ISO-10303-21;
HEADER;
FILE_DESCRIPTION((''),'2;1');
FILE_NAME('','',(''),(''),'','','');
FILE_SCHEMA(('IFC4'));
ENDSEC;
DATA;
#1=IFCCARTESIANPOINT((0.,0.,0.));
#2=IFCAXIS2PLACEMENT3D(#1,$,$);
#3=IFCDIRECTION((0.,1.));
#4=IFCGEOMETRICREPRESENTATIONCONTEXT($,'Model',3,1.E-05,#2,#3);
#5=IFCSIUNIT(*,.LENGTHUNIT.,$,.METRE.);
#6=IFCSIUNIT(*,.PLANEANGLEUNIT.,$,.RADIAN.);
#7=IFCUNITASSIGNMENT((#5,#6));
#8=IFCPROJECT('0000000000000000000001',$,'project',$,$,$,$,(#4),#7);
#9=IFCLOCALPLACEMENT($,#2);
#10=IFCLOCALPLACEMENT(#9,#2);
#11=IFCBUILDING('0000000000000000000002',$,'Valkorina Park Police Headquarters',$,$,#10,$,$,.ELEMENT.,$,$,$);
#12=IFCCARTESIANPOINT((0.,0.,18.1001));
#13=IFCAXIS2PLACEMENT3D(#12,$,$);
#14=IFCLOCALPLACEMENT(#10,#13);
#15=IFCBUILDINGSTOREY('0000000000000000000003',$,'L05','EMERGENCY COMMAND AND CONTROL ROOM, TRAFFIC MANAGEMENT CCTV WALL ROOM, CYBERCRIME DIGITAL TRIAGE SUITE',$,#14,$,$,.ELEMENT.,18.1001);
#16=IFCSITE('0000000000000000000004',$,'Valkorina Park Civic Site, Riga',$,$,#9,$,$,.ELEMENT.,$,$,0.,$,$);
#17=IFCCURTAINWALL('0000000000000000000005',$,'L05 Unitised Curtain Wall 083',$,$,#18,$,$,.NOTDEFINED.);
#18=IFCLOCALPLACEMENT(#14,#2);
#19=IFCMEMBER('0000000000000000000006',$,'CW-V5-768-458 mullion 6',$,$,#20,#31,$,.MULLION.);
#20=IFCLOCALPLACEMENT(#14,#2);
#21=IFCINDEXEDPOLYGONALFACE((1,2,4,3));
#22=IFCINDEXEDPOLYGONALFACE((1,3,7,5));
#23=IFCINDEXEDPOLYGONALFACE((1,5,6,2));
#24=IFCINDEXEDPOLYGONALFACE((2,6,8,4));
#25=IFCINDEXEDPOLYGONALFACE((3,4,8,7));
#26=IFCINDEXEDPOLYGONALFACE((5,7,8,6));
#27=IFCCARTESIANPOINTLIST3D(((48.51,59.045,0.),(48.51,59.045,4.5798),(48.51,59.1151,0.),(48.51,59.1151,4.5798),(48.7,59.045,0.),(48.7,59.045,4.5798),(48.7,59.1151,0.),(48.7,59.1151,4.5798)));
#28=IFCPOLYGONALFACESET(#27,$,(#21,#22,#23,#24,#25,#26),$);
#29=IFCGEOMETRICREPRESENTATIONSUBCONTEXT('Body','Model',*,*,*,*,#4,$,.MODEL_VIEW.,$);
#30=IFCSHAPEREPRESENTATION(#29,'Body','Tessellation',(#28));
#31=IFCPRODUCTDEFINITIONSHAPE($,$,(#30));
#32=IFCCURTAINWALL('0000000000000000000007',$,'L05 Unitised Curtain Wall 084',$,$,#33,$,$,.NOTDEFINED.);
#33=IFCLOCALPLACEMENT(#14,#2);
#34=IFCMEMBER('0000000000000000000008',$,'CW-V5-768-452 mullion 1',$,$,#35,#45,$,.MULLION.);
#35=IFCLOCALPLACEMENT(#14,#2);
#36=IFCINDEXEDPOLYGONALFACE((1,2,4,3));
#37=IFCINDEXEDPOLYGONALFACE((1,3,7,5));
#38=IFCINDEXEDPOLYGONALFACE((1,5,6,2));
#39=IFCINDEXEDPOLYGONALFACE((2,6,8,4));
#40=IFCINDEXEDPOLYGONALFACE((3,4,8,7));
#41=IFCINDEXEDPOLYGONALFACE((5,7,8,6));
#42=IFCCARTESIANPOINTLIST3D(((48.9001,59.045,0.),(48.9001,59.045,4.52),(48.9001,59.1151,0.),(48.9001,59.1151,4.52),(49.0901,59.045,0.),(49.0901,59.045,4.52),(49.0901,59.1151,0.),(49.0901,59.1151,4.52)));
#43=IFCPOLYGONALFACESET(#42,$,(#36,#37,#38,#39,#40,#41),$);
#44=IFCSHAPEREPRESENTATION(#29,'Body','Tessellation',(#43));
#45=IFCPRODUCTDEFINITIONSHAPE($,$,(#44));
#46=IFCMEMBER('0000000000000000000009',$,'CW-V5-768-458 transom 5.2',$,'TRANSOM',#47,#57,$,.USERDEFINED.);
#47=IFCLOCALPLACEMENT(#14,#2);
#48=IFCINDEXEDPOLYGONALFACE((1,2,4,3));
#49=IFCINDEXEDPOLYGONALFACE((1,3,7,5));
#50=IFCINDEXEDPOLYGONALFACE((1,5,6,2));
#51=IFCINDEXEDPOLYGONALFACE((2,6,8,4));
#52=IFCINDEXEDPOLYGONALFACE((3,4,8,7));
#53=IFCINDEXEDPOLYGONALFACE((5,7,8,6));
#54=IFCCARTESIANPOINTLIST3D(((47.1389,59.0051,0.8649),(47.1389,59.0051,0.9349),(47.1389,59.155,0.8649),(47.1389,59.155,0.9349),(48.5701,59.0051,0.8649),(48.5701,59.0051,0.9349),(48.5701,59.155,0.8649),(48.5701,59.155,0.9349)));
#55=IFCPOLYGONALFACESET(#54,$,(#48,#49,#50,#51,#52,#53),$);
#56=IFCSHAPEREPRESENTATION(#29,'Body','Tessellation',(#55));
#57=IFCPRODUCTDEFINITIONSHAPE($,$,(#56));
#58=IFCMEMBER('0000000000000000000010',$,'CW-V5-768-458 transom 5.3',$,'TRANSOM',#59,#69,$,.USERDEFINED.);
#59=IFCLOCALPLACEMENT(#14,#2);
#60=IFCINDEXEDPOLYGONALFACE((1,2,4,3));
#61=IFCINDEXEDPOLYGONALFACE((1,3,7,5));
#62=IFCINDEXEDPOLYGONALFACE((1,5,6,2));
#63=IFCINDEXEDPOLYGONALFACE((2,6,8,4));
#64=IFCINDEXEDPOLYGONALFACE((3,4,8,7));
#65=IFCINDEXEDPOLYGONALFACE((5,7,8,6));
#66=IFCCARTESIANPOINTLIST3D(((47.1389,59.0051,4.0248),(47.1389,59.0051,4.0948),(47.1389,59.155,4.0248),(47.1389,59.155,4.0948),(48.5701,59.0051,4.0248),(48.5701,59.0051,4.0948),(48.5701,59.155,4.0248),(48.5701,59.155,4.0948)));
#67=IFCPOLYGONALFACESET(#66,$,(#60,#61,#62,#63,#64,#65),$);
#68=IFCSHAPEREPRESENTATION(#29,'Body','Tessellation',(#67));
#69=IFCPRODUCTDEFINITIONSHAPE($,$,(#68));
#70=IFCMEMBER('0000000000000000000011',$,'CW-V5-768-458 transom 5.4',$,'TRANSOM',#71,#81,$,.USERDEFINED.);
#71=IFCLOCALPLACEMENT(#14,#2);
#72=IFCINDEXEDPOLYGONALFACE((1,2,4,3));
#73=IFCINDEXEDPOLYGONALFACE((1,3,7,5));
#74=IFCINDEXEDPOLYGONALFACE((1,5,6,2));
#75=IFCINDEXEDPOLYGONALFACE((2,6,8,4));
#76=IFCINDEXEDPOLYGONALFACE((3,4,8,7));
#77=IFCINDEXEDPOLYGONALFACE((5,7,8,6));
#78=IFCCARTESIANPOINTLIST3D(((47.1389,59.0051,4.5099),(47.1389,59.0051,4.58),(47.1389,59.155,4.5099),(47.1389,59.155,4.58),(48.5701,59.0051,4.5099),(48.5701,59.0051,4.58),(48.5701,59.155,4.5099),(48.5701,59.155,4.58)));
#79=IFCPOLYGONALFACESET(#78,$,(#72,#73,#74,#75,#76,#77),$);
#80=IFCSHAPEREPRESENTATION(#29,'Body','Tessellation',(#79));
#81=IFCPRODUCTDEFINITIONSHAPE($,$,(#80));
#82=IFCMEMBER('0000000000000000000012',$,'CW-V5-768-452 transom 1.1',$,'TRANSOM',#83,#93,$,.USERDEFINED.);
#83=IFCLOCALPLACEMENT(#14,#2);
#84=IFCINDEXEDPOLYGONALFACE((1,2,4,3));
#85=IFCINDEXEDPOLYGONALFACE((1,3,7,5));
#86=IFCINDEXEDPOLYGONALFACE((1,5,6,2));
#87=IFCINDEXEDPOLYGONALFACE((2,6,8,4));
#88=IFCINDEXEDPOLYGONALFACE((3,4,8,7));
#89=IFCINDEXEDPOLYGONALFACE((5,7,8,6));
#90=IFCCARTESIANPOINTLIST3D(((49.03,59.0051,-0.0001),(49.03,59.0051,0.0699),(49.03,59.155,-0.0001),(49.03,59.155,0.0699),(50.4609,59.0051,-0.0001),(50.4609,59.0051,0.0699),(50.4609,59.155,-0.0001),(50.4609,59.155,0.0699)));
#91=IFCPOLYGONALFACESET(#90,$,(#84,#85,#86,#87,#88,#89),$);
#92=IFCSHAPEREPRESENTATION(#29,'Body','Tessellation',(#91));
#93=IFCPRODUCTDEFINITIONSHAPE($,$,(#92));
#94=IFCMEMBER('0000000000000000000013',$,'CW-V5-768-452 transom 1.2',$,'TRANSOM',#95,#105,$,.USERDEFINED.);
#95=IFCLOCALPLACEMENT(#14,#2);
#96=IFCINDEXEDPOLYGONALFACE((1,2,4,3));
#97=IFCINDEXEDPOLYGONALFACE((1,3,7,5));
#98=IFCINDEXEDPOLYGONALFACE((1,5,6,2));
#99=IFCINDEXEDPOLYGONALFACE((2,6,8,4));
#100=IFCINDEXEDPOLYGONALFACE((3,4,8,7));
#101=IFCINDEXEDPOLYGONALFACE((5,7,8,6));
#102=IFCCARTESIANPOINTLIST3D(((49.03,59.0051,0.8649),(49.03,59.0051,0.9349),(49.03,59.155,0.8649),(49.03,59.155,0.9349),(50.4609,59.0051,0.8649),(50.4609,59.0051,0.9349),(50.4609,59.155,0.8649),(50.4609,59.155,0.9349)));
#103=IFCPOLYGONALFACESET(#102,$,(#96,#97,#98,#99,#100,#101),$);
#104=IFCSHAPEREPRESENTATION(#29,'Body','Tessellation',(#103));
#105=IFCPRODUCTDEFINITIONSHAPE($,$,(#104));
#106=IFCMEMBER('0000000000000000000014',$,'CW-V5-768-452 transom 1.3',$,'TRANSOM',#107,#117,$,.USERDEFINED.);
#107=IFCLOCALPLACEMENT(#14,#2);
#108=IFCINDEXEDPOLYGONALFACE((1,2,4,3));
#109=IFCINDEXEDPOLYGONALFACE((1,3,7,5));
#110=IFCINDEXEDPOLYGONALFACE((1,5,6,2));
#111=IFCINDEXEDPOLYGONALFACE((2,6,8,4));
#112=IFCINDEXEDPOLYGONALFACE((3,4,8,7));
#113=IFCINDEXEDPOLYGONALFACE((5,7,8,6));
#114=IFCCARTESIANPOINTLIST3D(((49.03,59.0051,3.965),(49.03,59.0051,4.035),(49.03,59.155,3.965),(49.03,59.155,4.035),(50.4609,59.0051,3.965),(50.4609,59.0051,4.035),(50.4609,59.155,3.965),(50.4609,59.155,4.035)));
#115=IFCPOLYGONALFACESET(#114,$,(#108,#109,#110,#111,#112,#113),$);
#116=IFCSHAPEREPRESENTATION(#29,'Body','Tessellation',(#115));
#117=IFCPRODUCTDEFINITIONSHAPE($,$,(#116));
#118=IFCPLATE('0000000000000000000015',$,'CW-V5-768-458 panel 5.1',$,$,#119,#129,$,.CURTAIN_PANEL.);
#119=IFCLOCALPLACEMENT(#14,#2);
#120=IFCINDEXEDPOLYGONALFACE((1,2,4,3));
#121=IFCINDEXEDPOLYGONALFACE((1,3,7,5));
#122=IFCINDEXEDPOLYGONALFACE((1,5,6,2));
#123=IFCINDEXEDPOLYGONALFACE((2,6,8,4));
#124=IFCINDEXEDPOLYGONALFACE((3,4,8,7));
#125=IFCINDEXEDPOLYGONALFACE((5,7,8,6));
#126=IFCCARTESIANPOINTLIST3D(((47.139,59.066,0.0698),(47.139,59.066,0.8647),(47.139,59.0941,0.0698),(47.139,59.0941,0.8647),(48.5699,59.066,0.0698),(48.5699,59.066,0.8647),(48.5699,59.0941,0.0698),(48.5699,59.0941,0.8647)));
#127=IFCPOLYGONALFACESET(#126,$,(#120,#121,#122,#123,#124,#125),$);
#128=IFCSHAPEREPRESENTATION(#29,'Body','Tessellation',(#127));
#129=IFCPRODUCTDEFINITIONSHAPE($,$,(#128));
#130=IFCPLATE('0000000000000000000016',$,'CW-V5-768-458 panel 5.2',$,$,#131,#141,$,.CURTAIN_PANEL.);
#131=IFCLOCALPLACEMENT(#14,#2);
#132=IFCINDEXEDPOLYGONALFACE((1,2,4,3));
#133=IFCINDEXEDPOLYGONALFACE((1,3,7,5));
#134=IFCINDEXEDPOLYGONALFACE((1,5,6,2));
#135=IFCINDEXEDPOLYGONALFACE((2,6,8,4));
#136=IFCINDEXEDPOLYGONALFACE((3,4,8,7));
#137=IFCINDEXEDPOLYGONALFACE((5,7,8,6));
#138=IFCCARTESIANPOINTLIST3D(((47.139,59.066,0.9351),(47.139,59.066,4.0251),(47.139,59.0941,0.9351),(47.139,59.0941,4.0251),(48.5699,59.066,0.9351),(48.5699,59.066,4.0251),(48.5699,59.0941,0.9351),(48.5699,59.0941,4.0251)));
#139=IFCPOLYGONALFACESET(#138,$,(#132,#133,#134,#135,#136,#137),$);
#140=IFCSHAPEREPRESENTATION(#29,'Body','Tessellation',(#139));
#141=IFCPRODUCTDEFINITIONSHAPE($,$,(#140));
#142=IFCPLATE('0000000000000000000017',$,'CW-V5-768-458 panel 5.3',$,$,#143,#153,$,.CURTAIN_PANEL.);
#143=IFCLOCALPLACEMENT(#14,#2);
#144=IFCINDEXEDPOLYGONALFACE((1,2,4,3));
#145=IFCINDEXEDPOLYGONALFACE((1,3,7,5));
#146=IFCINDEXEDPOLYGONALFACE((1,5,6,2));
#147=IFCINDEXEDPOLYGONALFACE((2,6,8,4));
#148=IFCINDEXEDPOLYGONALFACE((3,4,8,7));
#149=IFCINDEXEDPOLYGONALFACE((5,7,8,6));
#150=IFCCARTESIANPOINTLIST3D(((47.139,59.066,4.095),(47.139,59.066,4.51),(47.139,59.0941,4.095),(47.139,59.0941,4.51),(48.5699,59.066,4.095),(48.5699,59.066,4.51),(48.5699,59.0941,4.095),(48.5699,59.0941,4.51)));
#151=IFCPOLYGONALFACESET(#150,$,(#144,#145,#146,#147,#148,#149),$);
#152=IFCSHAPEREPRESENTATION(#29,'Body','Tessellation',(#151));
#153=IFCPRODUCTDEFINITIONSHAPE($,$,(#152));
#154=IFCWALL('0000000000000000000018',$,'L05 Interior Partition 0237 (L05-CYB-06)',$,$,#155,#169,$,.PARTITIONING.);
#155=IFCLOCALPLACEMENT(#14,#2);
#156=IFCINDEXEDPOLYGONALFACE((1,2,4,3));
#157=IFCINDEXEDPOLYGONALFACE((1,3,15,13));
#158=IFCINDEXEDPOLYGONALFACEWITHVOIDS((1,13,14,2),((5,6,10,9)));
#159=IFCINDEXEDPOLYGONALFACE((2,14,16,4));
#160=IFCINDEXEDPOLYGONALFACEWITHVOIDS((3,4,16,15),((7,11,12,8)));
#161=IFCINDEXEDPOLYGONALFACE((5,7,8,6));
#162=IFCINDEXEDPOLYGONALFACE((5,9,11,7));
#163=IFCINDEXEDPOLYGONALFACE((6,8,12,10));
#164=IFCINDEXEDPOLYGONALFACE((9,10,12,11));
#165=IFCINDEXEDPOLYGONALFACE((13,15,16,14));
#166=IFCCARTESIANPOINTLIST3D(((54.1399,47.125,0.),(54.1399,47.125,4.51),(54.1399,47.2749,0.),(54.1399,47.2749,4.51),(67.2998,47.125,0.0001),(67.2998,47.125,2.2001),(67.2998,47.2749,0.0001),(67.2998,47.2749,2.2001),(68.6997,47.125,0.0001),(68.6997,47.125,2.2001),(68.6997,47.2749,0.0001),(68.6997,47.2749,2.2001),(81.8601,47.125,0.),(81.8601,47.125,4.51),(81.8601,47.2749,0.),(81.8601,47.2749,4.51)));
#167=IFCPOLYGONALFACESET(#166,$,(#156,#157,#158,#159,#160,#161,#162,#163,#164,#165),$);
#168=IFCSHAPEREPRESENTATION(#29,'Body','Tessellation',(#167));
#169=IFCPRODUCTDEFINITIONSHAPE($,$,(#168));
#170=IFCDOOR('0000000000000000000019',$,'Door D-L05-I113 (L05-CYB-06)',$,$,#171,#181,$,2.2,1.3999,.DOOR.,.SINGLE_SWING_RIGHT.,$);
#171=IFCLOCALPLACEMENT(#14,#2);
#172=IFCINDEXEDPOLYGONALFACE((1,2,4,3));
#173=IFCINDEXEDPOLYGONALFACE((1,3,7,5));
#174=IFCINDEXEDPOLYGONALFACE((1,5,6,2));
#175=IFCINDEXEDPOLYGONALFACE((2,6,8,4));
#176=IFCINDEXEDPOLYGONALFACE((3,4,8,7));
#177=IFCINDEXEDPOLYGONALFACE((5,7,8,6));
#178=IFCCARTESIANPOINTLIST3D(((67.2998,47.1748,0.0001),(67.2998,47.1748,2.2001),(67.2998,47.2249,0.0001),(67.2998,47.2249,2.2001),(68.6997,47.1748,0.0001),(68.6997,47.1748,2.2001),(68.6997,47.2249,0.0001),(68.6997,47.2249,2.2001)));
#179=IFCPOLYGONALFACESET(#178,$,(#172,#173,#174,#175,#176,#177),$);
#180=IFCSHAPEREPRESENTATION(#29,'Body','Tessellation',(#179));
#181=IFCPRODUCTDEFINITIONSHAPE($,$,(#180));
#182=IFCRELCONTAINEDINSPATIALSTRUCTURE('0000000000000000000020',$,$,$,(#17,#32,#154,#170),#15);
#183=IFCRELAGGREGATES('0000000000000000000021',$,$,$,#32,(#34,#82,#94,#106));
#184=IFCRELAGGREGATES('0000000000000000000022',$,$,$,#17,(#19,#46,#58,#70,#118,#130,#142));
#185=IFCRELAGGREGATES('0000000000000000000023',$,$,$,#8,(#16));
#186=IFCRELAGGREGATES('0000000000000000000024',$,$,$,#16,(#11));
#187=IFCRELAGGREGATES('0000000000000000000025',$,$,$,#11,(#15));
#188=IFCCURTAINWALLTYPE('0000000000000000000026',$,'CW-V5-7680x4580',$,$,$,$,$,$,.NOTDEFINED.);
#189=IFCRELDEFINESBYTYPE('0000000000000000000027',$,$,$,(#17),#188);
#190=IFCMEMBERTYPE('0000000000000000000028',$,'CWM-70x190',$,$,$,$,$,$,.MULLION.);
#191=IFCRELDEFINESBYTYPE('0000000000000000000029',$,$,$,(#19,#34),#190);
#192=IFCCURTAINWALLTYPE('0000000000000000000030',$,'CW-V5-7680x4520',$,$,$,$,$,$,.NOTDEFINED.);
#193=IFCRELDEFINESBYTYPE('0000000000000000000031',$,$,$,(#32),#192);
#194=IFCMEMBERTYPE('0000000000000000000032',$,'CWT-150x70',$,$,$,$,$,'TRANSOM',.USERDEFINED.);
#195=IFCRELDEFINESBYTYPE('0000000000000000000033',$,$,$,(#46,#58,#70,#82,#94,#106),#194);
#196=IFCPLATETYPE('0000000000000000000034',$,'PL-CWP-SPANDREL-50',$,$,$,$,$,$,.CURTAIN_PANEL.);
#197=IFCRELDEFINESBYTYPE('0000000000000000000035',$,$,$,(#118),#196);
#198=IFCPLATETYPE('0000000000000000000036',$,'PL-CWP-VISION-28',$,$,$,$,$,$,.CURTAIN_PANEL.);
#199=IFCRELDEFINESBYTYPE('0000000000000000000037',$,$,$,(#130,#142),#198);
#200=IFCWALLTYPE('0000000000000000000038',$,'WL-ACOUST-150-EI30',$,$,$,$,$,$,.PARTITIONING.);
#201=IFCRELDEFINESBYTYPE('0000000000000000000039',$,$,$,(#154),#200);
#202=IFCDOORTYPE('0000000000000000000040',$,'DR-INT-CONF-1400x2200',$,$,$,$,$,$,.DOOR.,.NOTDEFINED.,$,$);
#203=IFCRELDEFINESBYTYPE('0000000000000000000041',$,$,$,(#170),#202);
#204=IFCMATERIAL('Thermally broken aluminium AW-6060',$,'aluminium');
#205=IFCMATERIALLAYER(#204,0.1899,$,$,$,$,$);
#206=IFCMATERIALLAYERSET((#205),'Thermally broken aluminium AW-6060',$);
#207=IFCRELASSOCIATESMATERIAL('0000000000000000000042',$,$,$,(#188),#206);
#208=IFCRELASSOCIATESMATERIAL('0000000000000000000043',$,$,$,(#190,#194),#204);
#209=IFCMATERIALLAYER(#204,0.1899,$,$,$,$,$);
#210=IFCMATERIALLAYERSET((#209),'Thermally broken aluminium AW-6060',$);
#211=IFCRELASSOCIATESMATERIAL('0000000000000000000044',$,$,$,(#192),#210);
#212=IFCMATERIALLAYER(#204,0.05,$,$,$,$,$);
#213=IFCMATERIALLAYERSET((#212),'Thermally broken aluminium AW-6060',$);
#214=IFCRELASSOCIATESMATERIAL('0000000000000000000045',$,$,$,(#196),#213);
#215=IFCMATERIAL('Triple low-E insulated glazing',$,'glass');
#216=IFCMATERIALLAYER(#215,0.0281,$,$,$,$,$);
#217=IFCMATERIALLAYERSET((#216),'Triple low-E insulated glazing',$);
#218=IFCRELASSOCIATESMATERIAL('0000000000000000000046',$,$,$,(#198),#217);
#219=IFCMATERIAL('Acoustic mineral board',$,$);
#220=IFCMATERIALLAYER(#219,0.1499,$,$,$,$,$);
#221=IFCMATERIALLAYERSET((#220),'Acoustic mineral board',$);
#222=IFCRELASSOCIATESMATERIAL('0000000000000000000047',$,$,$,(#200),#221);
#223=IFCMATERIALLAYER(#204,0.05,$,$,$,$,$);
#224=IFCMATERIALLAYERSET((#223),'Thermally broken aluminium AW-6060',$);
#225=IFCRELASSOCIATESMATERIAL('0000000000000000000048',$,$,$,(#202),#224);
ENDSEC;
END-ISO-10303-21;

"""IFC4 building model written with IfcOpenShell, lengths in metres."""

from ifc_helpers import new_model, si_unit, direction, frame, frame_2d, origin, origin_2d, place, context, subcontext, project, spatial, rectangle, extrude, material, layer, layer_set, material_profile, profile_set, type_object, element, fill, aggregate, save


model = new_model("IFC4")

# Units and contexts
model_context = context("Model", 3, precision=1e-05, world=origin(), true_north=direction((0.0, 1.0)))
body_context = subcontext(model_context, "Body", "Model", "MODEL_VIEW")
ifc_project = project(units=[si_unit("LENGTHUNIT", "METRE"), si_unit("PLANEANGLEUNIT", "RADIAN")], contexts=[model_context])

# Site, building, storey
site_placement = place(None, origin())
site = spatial("IfcSite", under=ifc_project, at=site_placement, Name="Valkorina Park Civic Site, Riga", CompositionType="ELEMENT", RefElevation=0.0)
building_placement = place(site_placement, origin())
building = spatial("IfcBuilding", under=site, at=building_placement, Name="Valkorina Park Police Headquarters", CompositionType="ELEMENT")
storey_placement = place(building_placement, frame((0.0, 0.0, 18.1001)))
storey = spatial("IfcBuildingStorey", under=building, at=storey_placement, Name="L05", Description="EMERGENCY COMMAND AND CONTROL ROOM, TRAFFIC MANAGEMENT CCTV WALL ROOM, CYBERCRIME DIGITAL TRIAGE SUITE", CompositionType="ELEMENT", Elevation=18.1001)

# Curtain walls, members
ifc_material_1 = material(Name="Thermally broken aluminium AW-6060", Category="aluminium")
ifc_layer_1 = layer(ifc_material_1, 0.1899)
ifc_layer_set_1 = layer_set([ifc_layer_1], Name="Thermally broken aluminium AW-6060")
curtain_wall_type_1 = type_object("IfcCurtainWallType", Name="CW-V5-7680x4580", PredefinedType="NOTDEFINED", material=ifc_layer_set_1)
curtain_wall_1_placement = place(storey_placement, origin())
curtain_wall_1 = element("IfcCurtainWall", 1, at=curtain_wall_1_placement, inside=storey, type_object=curtain_wall_type_1, Name="L05 Unitised Curtain Wall 083", PredefinedType="NOTDEFINED")
ifc_material_profile_1 = material_profile(ifc_material_1, rectangle(XDim=0.0701, YDim=0.1899, at=origin_2d()), Name="CWM-02 70x190")
ifc_profile_set_1 = profile_set([ifc_material_profile_1], Name="Thermally broken aluminium AW-6060")
member_type_1 = type_object("IfcMemberType", Name="CWM-70x190", PredefinedType="MULLION", material=ifc_profile_set_1)
member_1_placement = place(storey_placement, frame((48.605, 59.0801, 0.0), z_axis=(0.0, 0.0, 1.0), x_axis=(0.0, 1.0, 0.0)))
member_1 = element("IfcMember", 2, at=member_1_placement, type_object=member_type_1, Name="CW-V5-768-458 mullion 6", PredefinedType="MULLION", context=body_context, shape_type="SweptSolid", body=[
    extrude(rectangle(XDim=0.0701, YDim=0.1899, at=origin_2d()), origin(), (0.0, 0.0, 1.0), 4.5798),
])
ifc_layer_2 = layer(ifc_material_1, 0.1899)
ifc_layer_set_2 = layer_set([ifc_layer_2], Name="Thermally broken aluminium AW-6060")
curtain_wall_type_2 = type_object("IfcCurtainWallType", Name="CW-V5-7680x4520", PredefinedType="NOTDEFINED", material=ifc_layer_set_2)
curtain_wall_2_placement = place(storey_placement, origin())
curtain_wall_2 = element("IfcCurtainWall", 3, at=curtain_wall_2_placement, inside=storey, type_object=curtain_wall_type_2, Name="L05 Unitised Curtain Wall 084", PredefinedType="NOTDEFINED")
member_2_placement = place(storey_placement, frame((48.9951, 59.0801, 0.0), z_axis=(0.0, 0.0, 1.0), x_axis=(0.0, 1.0, 0.0)))
member_2 = element("IfcMember", 4, at=member_2_placement, type_object=member_type_1, Name="CW-V5-768-452 mullion 1", PredefinedType="MULLION", context=body_context, shape_type="SweptSolid", body=[
    extrude(rectangle(XDim=0.0701, YDim=0.1899, at=origin_2d()), origin(), (0.0, 0.0, 1.0), 4.52),
])

# Members
ifc_material_profile_2 = material_profile(ifc_material_1, rectangle(XDim=0.1499, YDim=0.0701, at=origin_2d()), Name="CWT-02 150x70")
ifc_profile_set_2 = profile_set([ifc_material_profile_2], Name="Thermally broken aluminium AW-6060")
member_type_2 = type_object("IfcMemberType", Name="CWT-150x70", ElementType="TRANSOM", PredefinedType="USERDEFINED", material=ifc_profile_set_2)
member_3_placement = place(storey_placement, frame((47.1389, 59.0801, 0.8999), z_axis=(1.0, 0.0, 0.0), x_axis=(0.0, 1.0, 0.0)))
member_3 = element("IfcMember", 5, at=member_3_placement, type_object=member_type_2, Name="CW-V5-768-458 transom 5.2", ObjectType="TRANSOM", PredefinedType="USERDEFINED", context=body_context, shape_type="SweptSolid", body=[
    extrude(rectangle(XDim=0.1499, YDim=0.0701, at=origin_2d()), origin(), (0.0, 0.0, 1.0), 1.4312),
])
member_4_placement = place(storey_placement, frame((47.1389, 59.0801, 4.0598), z_axis=(1.0, 0.0, 0.0), x_axis=(0.0, 1.0, 0.0)))
member_4 = element("IfcMember", 6, at=member_4_placement, type_object=member_type_2, Name="CW-V5-768-458 transom 5.3", ObjectType="TRANSOM", PredefinedType="USERDEFINED", context=body_context, shape_type="SweptSolid", body=[
    extrude(rectangle(XDim=0.1499, YDim=0.0701, at=origin_2d()), origin(), (0.0, 0.0, 1.0), 1.4312),
])
member_5_placement = place(storey_placement, frame((47.1389, 59.0801, 4.5449), z_axis=(1.0, 0.0, 0.0), x_axis=(0.0, 1.0, 0.0)))
member_5 = element("IfcMember", 7, at=member_5_placement, type_object=member_type_2, Name="CW-V5-768-458 transom 5.4", ObjectType="TRANSOM", PredefinedType="USERDEFINED", context=body_context, shape_type="SweptSolid", body=[
    extrude(rectangle(XDim=0.1499, YDim=0.0701, at=origin_2d()), origin(), (0.0, 0.0, 1.0), 1.4312),
])
member_6_placement = place(storey_placement, frame((49.03, 59.0801, 0.0349), z_axis=(1.0, 0.0, 0.0), x_axis=(0.0, 1.0, 0.0)))
member_6 = element("IfcMember", 8, at=member_6_placement, type_object=member_type_2, Name="CW-V5-768-452 transom 1.1", ObjectType="TRANSOM", PredefinedType="USERDEFINED", context=body_context, shape_type="SweptSolid", body=[
    extrude(rectangle(XDim=0.1499, YDim=0.0701, at=origin_2d()), origin(), (0.0, 0.0, 1.0), 1.4309),
])
member_7_placement = place(storey_placement, frame((49.03, 59.0801, 0.8999), z_axis=(1.0, 0.0, 0.0), x_axis=(0.0, 1.0, 0.0)))
member_7 = element("IfcMember", 9, at=member_7_placement, type_object=member_type_2, Name="CW-V5-768-452 transom 1.2", ObjectType="TRANSOM", PredefinedType="USERDEFINED", context=body_context, shape_type="SweptSolid", body=[
    extrude(rectangle(XDim=0.1499, YDim=0.0701, at=origin_2d()), origin(), (0.0, 0.0, 1.0), 1.4309),
])
member_8_placement = place(storey_placement, frame((49.03, 59.0801, 4.0), z_axis=(1.0, 0.0, 0.0), x_axis=(0.0, 1.0, 0.0)))
member_8 = element("IfcMember", 10, at=member_8_placement, type_object=member_type_2, Name="CW-V5-768-452 transom 1.3", ObjectType="TRANSOM", PredefinedType="USERDEFINED", context=body_context, shape_type="SweptSolid", body=[
    extrude(rectangle(XDim=0.1499, YDim=0.0701, at=origin_2d()), origin(), (0.0, 0.0, 1.0), 1.4309),
])
aggregate(curtain_wall_2, [member_2, member_6, member_7, member_8])

# Plates
ifc_layer_3 = layer(ifc_material_1, 0.05)
ifc_layer_set_3 = layer_set([ifc_layer_3], Name="Thermally broken aluminium AW-6060")
plate_type_1 = type_object("IfcPlateType", Name="PL-CWP-SPANDREL-50", PredefinedType="CURTAIN_PANEL", material=ifc_layer_set_3)
plate_1_placement = place(storey_placement, frame((47.8545, 59.0801, 0.0698), z_axis=(0.0, 0.0, 1.0), x_axis=(1.0, 0.0, 0.0)))
plate_1 = element("IfcPlate", 11, at=plate_1_placement, type_object=plate_type_1, Name="CW-V5-768-458 panel 5.1", PredefinedType="CURTAIN_PANEL", context=body_context, shape_type="SweptSolid", body=[
    extrude(rectangle(XDim=1.4309, YDim=0.0281, at=origin_2d()), origin(), (0.0, 0.0, 1.0), 0.7949),
])
ifc_material_2 = material(Name="Triple low-E insulated glazing", Category="glass")
ifc_layer_4 = layer(ifc_material_2, 0.0281)
ifc_layer_set_4 = layer_set([ifc_layer_4], Name="Triple low-E insulated glazing")
plate_type_2 = type_object("IfcPlateType", Name="PL-CWP-VISION-28", PredefinedType="CURTAIN_PANEL", material=ifc_layer_set_4)
plate_2_placement = place(storey_placement, frame((47.8545, 59.0801, 0.9351), z_axis=(0.0, 0.0, 1.0), x_axis=(1.0, 0.0, 0.0)))
plate_2 = element("IfcPlate", 12, at=plate_2_placement, type_object=plate_type_2, Name="CW-V5-768-458 panel 5.2", PredefinedType="CURTAIN_PANEL", context=body_context, shape_type="SweptSolid", body=[
    extrude(rectangle(XDim=1.4309, YDim=0.0281, at=origin_2d()), origin(), (0.0, 0.0, 1.0), 3.0901),
])
plate_3_placement = place(storey_placement, frame((47.8545, 59.0801, 4.095), z_axis=(0.0, 0.0, 1.0), x_axis=(1.0, 0.0, 0.0)))
plate_3 = element("IfcPlate", 13, at=plate_3_placement, type_object=plate_type_2, Name="CW-V5-768-458 panel 5.3", PredefinedType="CURTAIN_PANEL", context=body_context, shape_type="SweptSolid", body=[
    extrude(rectangle(XDim=1.4309, YDim=0.0281, at=origin_2d()), origin(), (0.0, 0.0, 1.0), 0.415),
])
aggregate(curtain_wall_1, [member_1, member_3, member_4, member_5, plate_1, plate_2, plate_3])

# Wall, opening, door
ifc_material_3 = material(Name="Acoustic mineral board")
ifc_layer_5 = layer(ifc_material_3, 0.1499)
ifc_layer_set_5 = layer_set([ifc_layer_5], Name="Acoustic mineral board")
wall_type_1 = type_object("IfcWallType", Name="WL-ACOUST-150-EI30", PredefinedType="PARTITIONING", material=ifc_layer_set_5)
wall_1_placement = place(storey_placement, frame((54.1399, 47.2, 0.0), z_axis=(0.0, 0.0, 1.0), x_axis=(1.0, 0.0, 0.0)))
wall_1 = element("IfcWall", 14, at=wall_1_placement, inside=storey, type_object=wall_type_1, Name="L05 Interior Partition 0237 (L05-CYB-06)", PredefinedType="PARTITIONING", context=body_context, shape_type="SweptSolid", body=[
    extrude(rectangle(XDim=27.7202, YDim=0.1499, at=frame_2d((13.8601, 0.0))), origin(), (0.0, 0.0, 1.0), 4.51),
])
opening_1_placement = place(wall_1_placement, frame((13.1599, 0.0, 0.0)))
opening_1 = element("IfcOpeningElement", 15, at=opening_1_placement, cuts=wall_1, PredefinedType="OPENING", context=body_context, shape_type="SweptSolid", body=[
    extrude(rectangle(XDim=1.3999, YDim=2.2, at=frame_2d((0.7, 1.1001))), frame((0.0, 0.085, 0.0), z_axis=(0.0, -1.0, 0.0), x_axis=(1.0, 0.0, 0.0)), (0.0, 0.0, 1.0), 0.1699),
])
ifc_layer_6 = layer(ifc_material_1, 0.05)
ifc_layer_set_6 = layer_set([ifc_layer_6], Name="Thermally broken aluminium AW-6060")
door_type_1 = type_object("IfcDoorType", Name="DR-INT-CONF-1400x2200", OperationType="NOTDEFINED", PredefinedType="DOOR", material=ifc_layer_set_6)
door_1_placement = place(opening_1_placement, origin())
door_1 = element("IfcDoor", 16, at=door_1_placement, inside=storey, type_object=door_type_1, Name="Door D-L05-I113 (L05-CYB-06)", OperationType="SINGLE_SWING_RIGHT", OverallHeight=2.2, OverallWidth=1.3999, PredefinedType="DOOR", context=body_context, shape_type="SweptSolid", body=[
    extrude(rectangle(XDim=1.3999, YDim=2.2, at=frame_2d((0.7, 1.1001))), frame((0.0, 0.0249, 0.0), z_axis=(0.0, -1.0, 0.0), x_axis=(1.0, 0.0, 0.0)), (0.0, 0.0, 1.0), 0.05),
])
fill(opening_1, door_1)

save(model, "model.ifc")
